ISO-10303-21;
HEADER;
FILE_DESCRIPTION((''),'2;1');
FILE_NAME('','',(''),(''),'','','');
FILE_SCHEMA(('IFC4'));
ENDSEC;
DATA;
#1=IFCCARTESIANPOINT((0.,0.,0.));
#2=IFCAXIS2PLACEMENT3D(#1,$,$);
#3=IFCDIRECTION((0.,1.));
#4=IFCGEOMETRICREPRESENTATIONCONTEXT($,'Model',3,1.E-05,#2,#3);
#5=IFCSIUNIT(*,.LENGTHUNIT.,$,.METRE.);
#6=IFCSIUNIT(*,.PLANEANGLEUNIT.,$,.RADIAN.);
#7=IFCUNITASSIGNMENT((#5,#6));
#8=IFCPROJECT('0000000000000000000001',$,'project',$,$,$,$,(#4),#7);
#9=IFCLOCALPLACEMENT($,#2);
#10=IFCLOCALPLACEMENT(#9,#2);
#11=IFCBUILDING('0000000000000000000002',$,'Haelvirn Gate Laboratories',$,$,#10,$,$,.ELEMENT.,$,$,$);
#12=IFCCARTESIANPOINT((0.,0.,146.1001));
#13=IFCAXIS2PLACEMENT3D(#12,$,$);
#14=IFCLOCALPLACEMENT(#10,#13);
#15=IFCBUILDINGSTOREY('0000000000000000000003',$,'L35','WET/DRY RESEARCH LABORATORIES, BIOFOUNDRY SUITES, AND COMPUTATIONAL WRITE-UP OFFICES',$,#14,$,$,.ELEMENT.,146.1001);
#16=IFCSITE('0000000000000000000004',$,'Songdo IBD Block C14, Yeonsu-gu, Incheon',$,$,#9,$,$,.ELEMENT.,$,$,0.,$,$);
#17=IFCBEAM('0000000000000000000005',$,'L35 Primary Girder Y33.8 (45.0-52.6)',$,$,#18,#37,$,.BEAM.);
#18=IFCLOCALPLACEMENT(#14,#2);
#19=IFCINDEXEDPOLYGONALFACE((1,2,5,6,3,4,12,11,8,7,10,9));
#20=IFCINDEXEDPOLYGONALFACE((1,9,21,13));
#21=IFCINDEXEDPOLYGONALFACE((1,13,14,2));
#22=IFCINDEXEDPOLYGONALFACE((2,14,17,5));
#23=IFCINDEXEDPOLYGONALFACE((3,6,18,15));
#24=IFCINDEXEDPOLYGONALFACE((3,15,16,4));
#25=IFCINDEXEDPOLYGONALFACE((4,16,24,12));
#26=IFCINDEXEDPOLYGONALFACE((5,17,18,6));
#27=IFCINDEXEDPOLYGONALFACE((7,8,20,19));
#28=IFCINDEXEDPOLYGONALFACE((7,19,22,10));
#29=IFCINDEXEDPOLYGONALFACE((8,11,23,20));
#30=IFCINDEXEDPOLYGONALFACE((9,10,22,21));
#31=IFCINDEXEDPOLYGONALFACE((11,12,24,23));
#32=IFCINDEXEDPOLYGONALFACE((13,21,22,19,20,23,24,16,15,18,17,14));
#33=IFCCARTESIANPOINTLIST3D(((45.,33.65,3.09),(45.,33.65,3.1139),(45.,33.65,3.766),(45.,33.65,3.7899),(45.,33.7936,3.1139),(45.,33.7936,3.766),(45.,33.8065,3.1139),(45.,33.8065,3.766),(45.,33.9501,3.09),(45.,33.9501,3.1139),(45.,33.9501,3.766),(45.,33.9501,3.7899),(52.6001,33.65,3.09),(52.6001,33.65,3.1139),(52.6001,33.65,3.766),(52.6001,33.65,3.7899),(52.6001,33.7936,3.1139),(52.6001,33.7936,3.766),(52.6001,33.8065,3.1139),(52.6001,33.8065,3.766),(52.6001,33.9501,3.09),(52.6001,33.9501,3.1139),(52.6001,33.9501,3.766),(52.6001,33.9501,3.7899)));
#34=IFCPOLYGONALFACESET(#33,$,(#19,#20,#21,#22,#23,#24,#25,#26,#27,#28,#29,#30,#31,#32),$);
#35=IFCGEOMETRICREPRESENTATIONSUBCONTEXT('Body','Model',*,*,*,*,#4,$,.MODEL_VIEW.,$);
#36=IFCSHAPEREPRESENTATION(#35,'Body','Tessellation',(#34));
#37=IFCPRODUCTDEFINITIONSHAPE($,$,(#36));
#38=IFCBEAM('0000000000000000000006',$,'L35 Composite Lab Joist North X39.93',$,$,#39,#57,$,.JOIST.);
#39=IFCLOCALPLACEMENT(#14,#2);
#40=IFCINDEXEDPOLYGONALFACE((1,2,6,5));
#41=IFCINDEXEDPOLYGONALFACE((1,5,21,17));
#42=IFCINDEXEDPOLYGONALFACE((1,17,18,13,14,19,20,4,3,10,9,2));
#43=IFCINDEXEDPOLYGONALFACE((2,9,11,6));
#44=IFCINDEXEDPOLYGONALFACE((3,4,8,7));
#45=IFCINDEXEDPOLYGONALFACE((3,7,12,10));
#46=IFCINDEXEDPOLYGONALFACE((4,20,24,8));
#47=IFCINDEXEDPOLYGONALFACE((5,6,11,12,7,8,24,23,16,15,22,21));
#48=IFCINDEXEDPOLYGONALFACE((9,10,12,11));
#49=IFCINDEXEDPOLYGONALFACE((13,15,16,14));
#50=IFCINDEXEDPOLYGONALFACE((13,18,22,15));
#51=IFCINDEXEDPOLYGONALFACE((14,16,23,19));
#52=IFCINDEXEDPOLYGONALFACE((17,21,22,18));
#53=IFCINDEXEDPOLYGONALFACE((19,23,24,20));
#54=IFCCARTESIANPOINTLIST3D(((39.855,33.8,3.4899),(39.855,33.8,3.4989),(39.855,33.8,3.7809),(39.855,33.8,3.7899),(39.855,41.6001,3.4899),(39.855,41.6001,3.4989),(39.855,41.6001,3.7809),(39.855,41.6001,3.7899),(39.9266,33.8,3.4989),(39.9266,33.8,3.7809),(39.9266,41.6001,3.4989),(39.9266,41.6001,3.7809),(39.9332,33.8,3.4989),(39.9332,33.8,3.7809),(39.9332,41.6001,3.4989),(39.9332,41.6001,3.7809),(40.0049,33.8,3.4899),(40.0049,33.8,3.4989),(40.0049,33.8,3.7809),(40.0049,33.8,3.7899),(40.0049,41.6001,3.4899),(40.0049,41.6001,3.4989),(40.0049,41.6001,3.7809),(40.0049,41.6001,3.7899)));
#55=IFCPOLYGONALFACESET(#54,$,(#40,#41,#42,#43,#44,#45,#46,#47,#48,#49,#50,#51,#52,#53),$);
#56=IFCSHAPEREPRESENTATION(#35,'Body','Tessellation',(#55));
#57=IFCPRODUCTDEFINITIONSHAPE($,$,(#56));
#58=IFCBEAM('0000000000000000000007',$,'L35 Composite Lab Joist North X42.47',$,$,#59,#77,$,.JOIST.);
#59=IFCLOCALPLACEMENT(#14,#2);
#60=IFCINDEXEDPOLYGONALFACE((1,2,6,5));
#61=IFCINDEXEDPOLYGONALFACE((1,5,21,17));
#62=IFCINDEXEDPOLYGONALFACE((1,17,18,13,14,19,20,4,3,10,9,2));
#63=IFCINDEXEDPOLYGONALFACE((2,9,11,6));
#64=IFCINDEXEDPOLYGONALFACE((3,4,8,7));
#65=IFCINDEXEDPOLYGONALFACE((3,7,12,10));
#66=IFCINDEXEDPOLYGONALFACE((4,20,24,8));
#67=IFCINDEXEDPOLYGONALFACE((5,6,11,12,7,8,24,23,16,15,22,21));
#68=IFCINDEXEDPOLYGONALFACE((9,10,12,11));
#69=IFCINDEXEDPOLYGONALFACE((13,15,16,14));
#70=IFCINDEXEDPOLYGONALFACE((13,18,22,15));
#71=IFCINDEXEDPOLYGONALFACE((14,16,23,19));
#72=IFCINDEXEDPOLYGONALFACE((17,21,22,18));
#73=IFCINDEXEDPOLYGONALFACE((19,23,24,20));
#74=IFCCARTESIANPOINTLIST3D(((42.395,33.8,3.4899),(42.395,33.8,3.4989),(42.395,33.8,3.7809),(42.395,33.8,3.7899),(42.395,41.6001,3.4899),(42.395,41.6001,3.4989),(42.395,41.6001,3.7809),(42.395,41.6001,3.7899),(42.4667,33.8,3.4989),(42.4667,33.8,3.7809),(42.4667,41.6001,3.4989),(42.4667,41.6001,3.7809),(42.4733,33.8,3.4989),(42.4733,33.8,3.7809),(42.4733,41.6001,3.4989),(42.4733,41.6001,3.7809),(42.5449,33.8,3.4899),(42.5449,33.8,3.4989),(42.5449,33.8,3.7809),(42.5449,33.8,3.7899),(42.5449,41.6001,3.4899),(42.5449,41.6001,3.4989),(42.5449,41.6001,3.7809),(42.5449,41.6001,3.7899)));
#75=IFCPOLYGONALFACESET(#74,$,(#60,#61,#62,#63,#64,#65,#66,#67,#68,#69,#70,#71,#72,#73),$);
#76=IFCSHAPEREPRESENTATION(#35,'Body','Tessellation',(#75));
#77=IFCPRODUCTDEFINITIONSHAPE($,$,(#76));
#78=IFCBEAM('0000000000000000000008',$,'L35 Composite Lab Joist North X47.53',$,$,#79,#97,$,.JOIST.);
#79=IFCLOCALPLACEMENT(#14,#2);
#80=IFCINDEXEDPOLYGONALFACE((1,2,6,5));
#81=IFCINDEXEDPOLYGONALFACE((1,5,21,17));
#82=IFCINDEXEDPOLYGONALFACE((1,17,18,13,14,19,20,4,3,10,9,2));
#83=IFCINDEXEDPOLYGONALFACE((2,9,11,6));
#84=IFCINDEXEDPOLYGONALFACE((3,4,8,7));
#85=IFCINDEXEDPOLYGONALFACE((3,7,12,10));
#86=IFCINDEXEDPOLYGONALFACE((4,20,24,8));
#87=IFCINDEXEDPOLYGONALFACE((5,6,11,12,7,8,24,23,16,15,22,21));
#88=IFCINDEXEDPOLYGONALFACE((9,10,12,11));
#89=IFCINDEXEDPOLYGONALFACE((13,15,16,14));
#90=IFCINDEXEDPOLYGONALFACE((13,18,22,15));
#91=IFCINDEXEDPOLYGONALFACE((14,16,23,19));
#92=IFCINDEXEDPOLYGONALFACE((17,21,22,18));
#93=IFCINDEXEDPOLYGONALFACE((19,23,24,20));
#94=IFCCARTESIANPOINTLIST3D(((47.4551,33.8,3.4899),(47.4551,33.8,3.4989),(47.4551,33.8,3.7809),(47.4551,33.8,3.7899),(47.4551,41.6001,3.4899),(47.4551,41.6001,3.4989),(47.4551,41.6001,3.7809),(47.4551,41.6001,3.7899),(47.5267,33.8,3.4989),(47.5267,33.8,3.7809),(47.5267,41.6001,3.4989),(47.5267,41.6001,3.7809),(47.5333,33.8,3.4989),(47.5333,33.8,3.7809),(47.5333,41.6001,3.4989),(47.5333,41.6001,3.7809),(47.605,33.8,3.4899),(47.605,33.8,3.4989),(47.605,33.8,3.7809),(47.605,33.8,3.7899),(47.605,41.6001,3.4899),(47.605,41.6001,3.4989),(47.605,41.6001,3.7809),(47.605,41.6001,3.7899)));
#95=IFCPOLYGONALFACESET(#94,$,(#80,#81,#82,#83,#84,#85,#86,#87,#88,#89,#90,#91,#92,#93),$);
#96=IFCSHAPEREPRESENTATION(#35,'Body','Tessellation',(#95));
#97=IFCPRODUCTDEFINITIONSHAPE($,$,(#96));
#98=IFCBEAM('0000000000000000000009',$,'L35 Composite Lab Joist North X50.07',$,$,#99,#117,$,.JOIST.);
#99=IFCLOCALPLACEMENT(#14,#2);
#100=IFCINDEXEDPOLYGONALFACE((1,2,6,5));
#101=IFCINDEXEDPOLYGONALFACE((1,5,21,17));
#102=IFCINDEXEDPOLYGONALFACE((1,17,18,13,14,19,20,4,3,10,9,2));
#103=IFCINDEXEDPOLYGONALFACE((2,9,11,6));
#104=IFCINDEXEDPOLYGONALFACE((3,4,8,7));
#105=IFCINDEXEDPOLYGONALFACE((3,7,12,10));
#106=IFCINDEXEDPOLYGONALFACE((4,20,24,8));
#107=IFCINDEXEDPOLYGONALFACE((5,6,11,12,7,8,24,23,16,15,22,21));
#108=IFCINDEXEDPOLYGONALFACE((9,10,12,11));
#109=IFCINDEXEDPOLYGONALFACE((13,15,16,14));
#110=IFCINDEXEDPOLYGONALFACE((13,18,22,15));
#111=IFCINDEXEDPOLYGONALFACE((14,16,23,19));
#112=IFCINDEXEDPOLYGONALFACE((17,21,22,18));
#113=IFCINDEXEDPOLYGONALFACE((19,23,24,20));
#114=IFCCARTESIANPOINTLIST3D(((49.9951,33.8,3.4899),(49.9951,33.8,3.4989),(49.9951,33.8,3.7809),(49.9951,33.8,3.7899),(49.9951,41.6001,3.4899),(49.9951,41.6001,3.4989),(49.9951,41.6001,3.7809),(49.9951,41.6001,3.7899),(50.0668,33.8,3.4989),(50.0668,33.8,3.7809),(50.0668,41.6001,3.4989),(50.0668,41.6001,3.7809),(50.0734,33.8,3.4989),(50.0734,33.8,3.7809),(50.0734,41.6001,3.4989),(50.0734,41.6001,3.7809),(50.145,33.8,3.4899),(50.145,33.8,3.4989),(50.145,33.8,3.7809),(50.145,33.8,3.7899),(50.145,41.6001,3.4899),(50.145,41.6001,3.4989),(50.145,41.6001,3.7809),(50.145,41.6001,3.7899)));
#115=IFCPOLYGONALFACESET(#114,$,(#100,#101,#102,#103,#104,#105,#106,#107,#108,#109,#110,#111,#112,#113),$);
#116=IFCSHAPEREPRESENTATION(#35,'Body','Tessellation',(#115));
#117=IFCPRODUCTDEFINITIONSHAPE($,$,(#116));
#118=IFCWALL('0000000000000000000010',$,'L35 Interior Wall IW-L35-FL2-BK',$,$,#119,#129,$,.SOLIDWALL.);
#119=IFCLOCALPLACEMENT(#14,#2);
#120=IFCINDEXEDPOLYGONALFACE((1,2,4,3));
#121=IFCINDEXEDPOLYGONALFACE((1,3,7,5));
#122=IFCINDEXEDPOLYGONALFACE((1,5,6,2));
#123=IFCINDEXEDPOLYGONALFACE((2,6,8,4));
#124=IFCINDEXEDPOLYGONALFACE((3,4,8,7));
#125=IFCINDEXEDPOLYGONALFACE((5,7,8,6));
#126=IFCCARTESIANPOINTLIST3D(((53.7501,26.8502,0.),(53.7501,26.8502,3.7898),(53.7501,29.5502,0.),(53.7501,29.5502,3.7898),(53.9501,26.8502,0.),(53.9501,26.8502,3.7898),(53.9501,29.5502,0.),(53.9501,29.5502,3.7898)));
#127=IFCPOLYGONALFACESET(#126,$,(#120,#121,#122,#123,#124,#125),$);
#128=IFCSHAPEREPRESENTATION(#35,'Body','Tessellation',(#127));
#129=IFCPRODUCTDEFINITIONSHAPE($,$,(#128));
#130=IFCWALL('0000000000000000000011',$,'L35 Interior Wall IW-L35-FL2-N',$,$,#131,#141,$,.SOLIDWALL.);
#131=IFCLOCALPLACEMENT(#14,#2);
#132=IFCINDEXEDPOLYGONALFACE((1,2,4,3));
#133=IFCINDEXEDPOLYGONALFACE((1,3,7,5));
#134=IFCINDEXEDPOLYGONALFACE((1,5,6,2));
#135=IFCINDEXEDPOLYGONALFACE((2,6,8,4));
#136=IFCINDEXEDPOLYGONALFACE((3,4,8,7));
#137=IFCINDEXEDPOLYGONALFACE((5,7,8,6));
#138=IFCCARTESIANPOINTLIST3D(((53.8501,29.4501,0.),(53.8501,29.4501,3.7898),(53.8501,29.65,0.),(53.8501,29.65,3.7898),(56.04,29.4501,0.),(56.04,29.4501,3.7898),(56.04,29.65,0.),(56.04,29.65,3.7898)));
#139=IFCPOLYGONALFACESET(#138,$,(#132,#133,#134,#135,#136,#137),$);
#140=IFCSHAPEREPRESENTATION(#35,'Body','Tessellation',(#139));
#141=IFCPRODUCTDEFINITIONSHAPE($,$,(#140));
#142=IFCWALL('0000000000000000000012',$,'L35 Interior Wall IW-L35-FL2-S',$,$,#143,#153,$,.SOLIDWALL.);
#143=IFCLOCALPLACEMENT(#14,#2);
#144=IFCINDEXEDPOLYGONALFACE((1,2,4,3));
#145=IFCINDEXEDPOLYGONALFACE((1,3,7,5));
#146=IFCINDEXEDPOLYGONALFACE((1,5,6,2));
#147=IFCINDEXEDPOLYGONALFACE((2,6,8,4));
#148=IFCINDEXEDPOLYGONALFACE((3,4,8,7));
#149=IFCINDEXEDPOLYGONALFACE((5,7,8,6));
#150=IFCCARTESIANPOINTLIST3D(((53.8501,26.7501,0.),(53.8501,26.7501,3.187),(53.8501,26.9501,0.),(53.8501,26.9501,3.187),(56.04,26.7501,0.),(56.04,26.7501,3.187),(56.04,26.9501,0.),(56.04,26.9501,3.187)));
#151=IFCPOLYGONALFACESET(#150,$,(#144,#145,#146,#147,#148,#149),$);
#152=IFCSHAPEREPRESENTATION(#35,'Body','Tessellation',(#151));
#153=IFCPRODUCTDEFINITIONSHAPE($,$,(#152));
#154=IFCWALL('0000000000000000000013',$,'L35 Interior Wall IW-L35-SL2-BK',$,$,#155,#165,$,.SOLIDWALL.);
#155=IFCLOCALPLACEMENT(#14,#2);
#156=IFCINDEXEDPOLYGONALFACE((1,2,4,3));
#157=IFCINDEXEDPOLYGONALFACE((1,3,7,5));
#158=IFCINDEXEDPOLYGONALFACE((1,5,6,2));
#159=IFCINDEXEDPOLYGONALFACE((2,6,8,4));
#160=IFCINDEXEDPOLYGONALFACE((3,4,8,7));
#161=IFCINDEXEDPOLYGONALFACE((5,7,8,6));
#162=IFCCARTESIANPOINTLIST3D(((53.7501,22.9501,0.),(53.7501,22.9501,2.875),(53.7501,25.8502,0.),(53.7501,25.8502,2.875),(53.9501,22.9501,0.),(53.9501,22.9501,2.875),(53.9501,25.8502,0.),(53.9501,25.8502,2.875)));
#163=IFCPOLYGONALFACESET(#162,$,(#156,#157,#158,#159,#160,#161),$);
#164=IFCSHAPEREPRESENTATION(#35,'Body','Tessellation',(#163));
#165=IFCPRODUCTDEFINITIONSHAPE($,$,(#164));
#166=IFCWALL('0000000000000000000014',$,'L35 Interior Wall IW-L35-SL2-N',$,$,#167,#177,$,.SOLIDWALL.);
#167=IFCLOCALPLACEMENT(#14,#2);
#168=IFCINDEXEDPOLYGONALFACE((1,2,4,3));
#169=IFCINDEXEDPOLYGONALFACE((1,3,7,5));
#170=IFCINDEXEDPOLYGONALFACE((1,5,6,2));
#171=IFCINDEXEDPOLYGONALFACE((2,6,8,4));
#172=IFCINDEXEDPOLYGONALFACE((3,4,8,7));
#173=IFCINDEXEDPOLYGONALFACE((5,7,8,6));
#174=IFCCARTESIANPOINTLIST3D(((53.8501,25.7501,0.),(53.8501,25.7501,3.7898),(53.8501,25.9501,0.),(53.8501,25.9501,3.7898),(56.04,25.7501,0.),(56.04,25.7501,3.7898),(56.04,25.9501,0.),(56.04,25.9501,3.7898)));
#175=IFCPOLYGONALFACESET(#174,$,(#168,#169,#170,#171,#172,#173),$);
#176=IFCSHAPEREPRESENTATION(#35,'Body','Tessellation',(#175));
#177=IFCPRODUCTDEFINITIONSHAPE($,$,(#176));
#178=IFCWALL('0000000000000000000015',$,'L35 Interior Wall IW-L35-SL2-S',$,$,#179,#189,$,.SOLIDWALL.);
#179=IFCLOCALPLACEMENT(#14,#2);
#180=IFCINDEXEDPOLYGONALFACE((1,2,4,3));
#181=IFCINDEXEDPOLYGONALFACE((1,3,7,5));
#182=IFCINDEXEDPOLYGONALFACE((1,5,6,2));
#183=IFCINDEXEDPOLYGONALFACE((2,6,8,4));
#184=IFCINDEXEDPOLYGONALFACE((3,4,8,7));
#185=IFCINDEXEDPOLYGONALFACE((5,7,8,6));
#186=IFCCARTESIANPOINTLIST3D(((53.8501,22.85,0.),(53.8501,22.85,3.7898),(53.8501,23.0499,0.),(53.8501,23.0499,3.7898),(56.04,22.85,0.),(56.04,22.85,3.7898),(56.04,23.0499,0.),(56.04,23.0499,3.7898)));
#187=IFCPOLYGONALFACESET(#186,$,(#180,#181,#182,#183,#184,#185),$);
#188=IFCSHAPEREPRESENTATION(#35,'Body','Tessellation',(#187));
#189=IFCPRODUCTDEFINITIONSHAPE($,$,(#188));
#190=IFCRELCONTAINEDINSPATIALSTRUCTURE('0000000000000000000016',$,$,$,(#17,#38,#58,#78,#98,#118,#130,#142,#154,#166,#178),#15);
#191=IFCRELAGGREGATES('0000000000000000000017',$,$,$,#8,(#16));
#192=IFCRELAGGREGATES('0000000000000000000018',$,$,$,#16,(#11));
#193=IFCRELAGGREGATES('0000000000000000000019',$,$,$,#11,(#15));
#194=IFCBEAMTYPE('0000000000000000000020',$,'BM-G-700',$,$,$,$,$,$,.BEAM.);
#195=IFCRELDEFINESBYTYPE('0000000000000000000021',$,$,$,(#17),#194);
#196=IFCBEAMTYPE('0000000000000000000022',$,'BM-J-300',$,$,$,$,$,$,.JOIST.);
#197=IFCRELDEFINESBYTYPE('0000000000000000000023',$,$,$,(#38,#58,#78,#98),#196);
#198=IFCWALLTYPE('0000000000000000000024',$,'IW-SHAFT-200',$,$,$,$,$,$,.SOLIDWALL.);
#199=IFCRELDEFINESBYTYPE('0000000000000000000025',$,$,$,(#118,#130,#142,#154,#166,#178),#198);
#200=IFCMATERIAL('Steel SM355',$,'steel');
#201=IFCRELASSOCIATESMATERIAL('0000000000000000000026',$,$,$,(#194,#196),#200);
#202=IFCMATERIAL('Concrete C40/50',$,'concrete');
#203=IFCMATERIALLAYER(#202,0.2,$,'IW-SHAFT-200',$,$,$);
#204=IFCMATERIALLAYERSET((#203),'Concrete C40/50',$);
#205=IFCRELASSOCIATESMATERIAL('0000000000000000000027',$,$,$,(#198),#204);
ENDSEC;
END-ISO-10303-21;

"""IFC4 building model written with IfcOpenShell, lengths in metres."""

from ifc_helpers import new_model, si_unit, direction, frame, frame_2d, origin, origin_2d, place, context, subcontext, project, spatial, rectangle, i_section, extrude, source, transform, mapped, material, layer, layer_set, material_profile, profile_set, type_object, type_shapes, element, save


model = new_model("IFC4")

# Units and contexts
model_context = context("Model", 3, precision=1e-05, world=origin(), true_north=direction((0.0, 1.0)))
body_context = subcontext(model_context, "Body", "Model", "MODEL_VIEW")
ifc_project = project(units=[si_unit("LENGTHUNIT", "METRE"), si_unit("PLANEANGLEUNIT", "RADIAN")], contexts=[model_context])

# Site, building, storey
site_placement = place(None, origin())
site = spatial("IfcSite", under=ifc_project, at=site_placement, Name="Songdo IBD Block C14, Yeonsu-gu, Incheon", CompositionType="ELEMENT", RefElevation=0.0)
building_placement = place(site_placement, origin())
building = spatial("IfcBuilding", under=site, at=building_placement, Name="Haelvirn Gate Laboratories", CompositionType="ELEMENT")
storey_placement = place(building_placement, frame((0.0, 0.0, 146.1001)))
storey = spatial("IfcBuildingStorey", under=building, at=storey_placement, Name="L35", Description="WET/DRY RESEARCH LABORATORIES, BIOFOUNDRY SUITES, AND COMPUTATIONAL WRITE-UP OFFICES", CompositionType="ELEMENT", Elevation=146.1001)

# Shared definitions
ifc_material_1 = material(Name="Steel SM355", Category="steel")

# Beams
ifc_material_profile_1 = material_profile(ifc_material_1, i_section(OverallWidth=0.3, OverallDepth=0.7, WebThickness=0.0129, FlangeThickness=0.0239, at=origin_2d()), Name="H-700x300x13x24")
ifc_profile_set_1 = profile_set([ifc_material_profile_1], Name="Steel SM355")
beam_type_1 = type_object("IfcBeamType", Name="BM-G-700", PredefinedType="BEAM", material=ifc_profile_set_1)
shared_shape_1 = source(origin(), body_context, "Body", "SweptSolid", [
    extrude(i_section(OverallWidth=0.3, OverallDepth=0.7, WebThickness=0.0129, FlangeThickness=0.0239, at=origin_2d()), origin(), (0.0, 0.0, 1.0), 7.6001),
])
type_shapes(beam_type_1, [shared_shape_1])
for number, where, z_axis, x_axis, name in (
    (1, (45.0, 33.8, 3.4399), (1.0, 0.0, 0.0), (0.0, 1.0, 0.0), "L35 Primary Girder Y33.8 (45.0-52.6)"),
):
    element("IfcBeam", number, at=place(storey_placement, frame(where, z_axis=z_axis, x_axis=x_axis)), inside=storey, type_object=beam_type_1, Name=name, PredefinedType="BEAM", context=body_context, shape_type="MappedRepresentation", body=[
        mapped(shared_shape_1, transform((0.0, 0.0, 0.0), scale=1.0)),
    ])
ifc_material_profile_2 = material_profile(ifc_material_1, i_section(OverallWidth=0.1499, OverallDepth=0.3, WebThickness=0.0066, FlangeThickness=0.009, at=origin_2d()), Name="H-300x150x6.5x9")
ifc_profile_set_2 = profile_set([ifc_material_profile_2], Name="Steel SM355")
beam_type_2 = type_object("IfcBeamType", Name="BM-J-300", PredefinedType="JOIST", material=ifc_profile_set_2)
shared_shape_2 = source(origin(), body_context, "Body", "SweptSolid", [
    extrude(i_section(OverallWidth=0.1499, OverallDepth=0.3, WebThickness=0.0066, FlangeThickness=0.009, at=origin_2d()), origin(), (0.0, 0.0, 1.0), 7.8),
])
type_shapes(beam_type_2, [shared_shape_2])
for number, where, z_axis, x_axis, name in (
    (2, (39.9299, 33.8, 3.6399), (0.0, 1.0, 0.0), (-1.0, 0.0, 0.0), "L35 Composite Lab Joist North X39.93"),
    (3, (42.47, 33.8, 3.6399), (0.0, 1.0, 0.0), (-1.0, 0.0, 0.0), "L35 Composite Lab Joist North X42.47"),
    (4, (47.53, 33.8, 3.6399), (0.0, 1.0, 0.0), (-1.0, 0.0, 0.0), "L35 Composite Lab Joist North X47.53"),
    (5, (50.0701, 33.8, 3.6399), (0.0, 1.0, 0.0), (-1.0, 0.0, 0.0), "L35 Composite Lab Joist North X50.07"),
):
    element("IfcBeam", number, at=place(storey_placement, frame(where, z_axis=z_axis, x_axis=x_axis)), inside=storey, type_object=beam_type_2, Name=name, PredefinedType="JOIST", context=body_context, shape_type="MappedRepresentation", body=[
        mapped(shared_shape_2, transform((0.0, 0.0, 0.0), scale=1.0)),
    ])

# Walls
ifc_material_2 = material(Name="Concrete C40/50", Category="concrete")
ifc_layer_1 = layer(ifc_material_2, 0.2, Name="IW-SHAFT-200")
ifc_layer_set_1 = layer_set([ifc_layer_1], Name="Concrete C40/50")
wall_type_1 = type_object("IfcWallType", Name="IW-SHAFT-200", PredefinedType="SOLIDWALL", material=ifc_layer_set_1)
wall_1_placement = place(storey_placement, frame((53.8501, 26.8501, 0.0), z_axis=(0.0, 0.0, 1.0), x_axis=(0.0, 1.0, 0.0)))
element("IfcWall", 6, at=wall_1_placement, inside=storey, type_object=wall_type_1, Name="L35 Interior Wall IW-L35-FL2-BK", PredefinedType="SOLIDWALL", context=body_context, shape_type="SweptSolid", body=[
    extrude(rectangle(XDim=2.7, YDim=0.2, at=frame_2d((1.3501, 0.0))), origin(), (0.0, 0.0, 1.0), 3.7898),
])
wall_2_placement = place(storey_placement, frame((53.8501, 29.55, 0.0), z_axis=(0.0, 0.0, 1.0), x_axis=(1.0, 0.0, 0.0)))
element("IfcWall", 7, at=wall_2_placement, inside=storey, type_object=wall_type_1, Name="L35 Interior Wall IW-L35-FL2-N", PredefinedType="SOLIDWALL", context=body_context, shape_type="SweptSolid", body=[
    extrude(rectangle(XDim=2.1899, YDim=0.2, at=frame_2d((1.095, 0.0))), origin(), (0.0, 0.0, 1.0), 3.7898),
])
wall_3_placement = place(storey_placement, frame((53.8501, 26.8501, 0.0), z_axis=(0.0, 0.0, 1.0), x_axis=(1.0, 0.0, 0.0)))
element("IfcWall", 8, at=wall_3_placement, inside=storey, type_object=wall_type_1, Name="L35 Interior Wall IW-L35-FL2-S", PredefinedType="SOLIDWALL", context=body_context, shape_type="SweptSolid", body=[
    extrude(rectangle(XDim=2.1899, YDim=0.2, at=frame_2d((1.095, 0.0))), origin(), (0.0, 0.0, 1.0), 3.187),
])
wall_4_placement = place(storey_placement, frame((53.8501, 22.95, 0.0), z_axis=(0.0, 0.0, 1.0), x_axis=(0.0, 1.0, 0.0)))
element("IfcWall", 9, at=wall_4_placement, inside=storey, type_object=wall_type_1, Name="L35 Interior Wall IW-L35-SL2-BK", PredefinedType="SOLIDWALL", context=body_context, shape_type="SweptSolid", body=[
    extrude(rectangle(XDim=2.9001, YDim=0.2, at=frame_2d((1.4502, 0.0))), origin(), (0.0, 0.0, 1.0), 2.875),
])
for number, where, z_axis, x_axis, name in (
    (10, (53.8501, 25.8501, 0.0), (0.0, 0.0, 1.0), (1.0, 0.0, 0.0), "L35 Interior Wall IW-L35-SL2-N"),
    (11, (53.8501, 22.95, 0.0), (0.0, 0.0, 1.0), (1.0, 0.0, 0.0), "L35 Interior Wall IW-L35-SL2-S"),
):
    element("IfcWall", number, at=place(storey_placement, frame(where, z_axis=z_axis, x_axis=x_axis)), inside=storey, type_object=wall_type_1, Name=name, PredefinedType="SOLIDWALL", context=body_context, shape_type="SweptSolid", body=[
        extrude(rectangle(XDim=2.1899, YDim=0.2, at=frame_2d((1.095, 0.0))), origin(), (0.0, 0.0, 1.0), 3.7898),
    ])

save(model, "model.ifc")
